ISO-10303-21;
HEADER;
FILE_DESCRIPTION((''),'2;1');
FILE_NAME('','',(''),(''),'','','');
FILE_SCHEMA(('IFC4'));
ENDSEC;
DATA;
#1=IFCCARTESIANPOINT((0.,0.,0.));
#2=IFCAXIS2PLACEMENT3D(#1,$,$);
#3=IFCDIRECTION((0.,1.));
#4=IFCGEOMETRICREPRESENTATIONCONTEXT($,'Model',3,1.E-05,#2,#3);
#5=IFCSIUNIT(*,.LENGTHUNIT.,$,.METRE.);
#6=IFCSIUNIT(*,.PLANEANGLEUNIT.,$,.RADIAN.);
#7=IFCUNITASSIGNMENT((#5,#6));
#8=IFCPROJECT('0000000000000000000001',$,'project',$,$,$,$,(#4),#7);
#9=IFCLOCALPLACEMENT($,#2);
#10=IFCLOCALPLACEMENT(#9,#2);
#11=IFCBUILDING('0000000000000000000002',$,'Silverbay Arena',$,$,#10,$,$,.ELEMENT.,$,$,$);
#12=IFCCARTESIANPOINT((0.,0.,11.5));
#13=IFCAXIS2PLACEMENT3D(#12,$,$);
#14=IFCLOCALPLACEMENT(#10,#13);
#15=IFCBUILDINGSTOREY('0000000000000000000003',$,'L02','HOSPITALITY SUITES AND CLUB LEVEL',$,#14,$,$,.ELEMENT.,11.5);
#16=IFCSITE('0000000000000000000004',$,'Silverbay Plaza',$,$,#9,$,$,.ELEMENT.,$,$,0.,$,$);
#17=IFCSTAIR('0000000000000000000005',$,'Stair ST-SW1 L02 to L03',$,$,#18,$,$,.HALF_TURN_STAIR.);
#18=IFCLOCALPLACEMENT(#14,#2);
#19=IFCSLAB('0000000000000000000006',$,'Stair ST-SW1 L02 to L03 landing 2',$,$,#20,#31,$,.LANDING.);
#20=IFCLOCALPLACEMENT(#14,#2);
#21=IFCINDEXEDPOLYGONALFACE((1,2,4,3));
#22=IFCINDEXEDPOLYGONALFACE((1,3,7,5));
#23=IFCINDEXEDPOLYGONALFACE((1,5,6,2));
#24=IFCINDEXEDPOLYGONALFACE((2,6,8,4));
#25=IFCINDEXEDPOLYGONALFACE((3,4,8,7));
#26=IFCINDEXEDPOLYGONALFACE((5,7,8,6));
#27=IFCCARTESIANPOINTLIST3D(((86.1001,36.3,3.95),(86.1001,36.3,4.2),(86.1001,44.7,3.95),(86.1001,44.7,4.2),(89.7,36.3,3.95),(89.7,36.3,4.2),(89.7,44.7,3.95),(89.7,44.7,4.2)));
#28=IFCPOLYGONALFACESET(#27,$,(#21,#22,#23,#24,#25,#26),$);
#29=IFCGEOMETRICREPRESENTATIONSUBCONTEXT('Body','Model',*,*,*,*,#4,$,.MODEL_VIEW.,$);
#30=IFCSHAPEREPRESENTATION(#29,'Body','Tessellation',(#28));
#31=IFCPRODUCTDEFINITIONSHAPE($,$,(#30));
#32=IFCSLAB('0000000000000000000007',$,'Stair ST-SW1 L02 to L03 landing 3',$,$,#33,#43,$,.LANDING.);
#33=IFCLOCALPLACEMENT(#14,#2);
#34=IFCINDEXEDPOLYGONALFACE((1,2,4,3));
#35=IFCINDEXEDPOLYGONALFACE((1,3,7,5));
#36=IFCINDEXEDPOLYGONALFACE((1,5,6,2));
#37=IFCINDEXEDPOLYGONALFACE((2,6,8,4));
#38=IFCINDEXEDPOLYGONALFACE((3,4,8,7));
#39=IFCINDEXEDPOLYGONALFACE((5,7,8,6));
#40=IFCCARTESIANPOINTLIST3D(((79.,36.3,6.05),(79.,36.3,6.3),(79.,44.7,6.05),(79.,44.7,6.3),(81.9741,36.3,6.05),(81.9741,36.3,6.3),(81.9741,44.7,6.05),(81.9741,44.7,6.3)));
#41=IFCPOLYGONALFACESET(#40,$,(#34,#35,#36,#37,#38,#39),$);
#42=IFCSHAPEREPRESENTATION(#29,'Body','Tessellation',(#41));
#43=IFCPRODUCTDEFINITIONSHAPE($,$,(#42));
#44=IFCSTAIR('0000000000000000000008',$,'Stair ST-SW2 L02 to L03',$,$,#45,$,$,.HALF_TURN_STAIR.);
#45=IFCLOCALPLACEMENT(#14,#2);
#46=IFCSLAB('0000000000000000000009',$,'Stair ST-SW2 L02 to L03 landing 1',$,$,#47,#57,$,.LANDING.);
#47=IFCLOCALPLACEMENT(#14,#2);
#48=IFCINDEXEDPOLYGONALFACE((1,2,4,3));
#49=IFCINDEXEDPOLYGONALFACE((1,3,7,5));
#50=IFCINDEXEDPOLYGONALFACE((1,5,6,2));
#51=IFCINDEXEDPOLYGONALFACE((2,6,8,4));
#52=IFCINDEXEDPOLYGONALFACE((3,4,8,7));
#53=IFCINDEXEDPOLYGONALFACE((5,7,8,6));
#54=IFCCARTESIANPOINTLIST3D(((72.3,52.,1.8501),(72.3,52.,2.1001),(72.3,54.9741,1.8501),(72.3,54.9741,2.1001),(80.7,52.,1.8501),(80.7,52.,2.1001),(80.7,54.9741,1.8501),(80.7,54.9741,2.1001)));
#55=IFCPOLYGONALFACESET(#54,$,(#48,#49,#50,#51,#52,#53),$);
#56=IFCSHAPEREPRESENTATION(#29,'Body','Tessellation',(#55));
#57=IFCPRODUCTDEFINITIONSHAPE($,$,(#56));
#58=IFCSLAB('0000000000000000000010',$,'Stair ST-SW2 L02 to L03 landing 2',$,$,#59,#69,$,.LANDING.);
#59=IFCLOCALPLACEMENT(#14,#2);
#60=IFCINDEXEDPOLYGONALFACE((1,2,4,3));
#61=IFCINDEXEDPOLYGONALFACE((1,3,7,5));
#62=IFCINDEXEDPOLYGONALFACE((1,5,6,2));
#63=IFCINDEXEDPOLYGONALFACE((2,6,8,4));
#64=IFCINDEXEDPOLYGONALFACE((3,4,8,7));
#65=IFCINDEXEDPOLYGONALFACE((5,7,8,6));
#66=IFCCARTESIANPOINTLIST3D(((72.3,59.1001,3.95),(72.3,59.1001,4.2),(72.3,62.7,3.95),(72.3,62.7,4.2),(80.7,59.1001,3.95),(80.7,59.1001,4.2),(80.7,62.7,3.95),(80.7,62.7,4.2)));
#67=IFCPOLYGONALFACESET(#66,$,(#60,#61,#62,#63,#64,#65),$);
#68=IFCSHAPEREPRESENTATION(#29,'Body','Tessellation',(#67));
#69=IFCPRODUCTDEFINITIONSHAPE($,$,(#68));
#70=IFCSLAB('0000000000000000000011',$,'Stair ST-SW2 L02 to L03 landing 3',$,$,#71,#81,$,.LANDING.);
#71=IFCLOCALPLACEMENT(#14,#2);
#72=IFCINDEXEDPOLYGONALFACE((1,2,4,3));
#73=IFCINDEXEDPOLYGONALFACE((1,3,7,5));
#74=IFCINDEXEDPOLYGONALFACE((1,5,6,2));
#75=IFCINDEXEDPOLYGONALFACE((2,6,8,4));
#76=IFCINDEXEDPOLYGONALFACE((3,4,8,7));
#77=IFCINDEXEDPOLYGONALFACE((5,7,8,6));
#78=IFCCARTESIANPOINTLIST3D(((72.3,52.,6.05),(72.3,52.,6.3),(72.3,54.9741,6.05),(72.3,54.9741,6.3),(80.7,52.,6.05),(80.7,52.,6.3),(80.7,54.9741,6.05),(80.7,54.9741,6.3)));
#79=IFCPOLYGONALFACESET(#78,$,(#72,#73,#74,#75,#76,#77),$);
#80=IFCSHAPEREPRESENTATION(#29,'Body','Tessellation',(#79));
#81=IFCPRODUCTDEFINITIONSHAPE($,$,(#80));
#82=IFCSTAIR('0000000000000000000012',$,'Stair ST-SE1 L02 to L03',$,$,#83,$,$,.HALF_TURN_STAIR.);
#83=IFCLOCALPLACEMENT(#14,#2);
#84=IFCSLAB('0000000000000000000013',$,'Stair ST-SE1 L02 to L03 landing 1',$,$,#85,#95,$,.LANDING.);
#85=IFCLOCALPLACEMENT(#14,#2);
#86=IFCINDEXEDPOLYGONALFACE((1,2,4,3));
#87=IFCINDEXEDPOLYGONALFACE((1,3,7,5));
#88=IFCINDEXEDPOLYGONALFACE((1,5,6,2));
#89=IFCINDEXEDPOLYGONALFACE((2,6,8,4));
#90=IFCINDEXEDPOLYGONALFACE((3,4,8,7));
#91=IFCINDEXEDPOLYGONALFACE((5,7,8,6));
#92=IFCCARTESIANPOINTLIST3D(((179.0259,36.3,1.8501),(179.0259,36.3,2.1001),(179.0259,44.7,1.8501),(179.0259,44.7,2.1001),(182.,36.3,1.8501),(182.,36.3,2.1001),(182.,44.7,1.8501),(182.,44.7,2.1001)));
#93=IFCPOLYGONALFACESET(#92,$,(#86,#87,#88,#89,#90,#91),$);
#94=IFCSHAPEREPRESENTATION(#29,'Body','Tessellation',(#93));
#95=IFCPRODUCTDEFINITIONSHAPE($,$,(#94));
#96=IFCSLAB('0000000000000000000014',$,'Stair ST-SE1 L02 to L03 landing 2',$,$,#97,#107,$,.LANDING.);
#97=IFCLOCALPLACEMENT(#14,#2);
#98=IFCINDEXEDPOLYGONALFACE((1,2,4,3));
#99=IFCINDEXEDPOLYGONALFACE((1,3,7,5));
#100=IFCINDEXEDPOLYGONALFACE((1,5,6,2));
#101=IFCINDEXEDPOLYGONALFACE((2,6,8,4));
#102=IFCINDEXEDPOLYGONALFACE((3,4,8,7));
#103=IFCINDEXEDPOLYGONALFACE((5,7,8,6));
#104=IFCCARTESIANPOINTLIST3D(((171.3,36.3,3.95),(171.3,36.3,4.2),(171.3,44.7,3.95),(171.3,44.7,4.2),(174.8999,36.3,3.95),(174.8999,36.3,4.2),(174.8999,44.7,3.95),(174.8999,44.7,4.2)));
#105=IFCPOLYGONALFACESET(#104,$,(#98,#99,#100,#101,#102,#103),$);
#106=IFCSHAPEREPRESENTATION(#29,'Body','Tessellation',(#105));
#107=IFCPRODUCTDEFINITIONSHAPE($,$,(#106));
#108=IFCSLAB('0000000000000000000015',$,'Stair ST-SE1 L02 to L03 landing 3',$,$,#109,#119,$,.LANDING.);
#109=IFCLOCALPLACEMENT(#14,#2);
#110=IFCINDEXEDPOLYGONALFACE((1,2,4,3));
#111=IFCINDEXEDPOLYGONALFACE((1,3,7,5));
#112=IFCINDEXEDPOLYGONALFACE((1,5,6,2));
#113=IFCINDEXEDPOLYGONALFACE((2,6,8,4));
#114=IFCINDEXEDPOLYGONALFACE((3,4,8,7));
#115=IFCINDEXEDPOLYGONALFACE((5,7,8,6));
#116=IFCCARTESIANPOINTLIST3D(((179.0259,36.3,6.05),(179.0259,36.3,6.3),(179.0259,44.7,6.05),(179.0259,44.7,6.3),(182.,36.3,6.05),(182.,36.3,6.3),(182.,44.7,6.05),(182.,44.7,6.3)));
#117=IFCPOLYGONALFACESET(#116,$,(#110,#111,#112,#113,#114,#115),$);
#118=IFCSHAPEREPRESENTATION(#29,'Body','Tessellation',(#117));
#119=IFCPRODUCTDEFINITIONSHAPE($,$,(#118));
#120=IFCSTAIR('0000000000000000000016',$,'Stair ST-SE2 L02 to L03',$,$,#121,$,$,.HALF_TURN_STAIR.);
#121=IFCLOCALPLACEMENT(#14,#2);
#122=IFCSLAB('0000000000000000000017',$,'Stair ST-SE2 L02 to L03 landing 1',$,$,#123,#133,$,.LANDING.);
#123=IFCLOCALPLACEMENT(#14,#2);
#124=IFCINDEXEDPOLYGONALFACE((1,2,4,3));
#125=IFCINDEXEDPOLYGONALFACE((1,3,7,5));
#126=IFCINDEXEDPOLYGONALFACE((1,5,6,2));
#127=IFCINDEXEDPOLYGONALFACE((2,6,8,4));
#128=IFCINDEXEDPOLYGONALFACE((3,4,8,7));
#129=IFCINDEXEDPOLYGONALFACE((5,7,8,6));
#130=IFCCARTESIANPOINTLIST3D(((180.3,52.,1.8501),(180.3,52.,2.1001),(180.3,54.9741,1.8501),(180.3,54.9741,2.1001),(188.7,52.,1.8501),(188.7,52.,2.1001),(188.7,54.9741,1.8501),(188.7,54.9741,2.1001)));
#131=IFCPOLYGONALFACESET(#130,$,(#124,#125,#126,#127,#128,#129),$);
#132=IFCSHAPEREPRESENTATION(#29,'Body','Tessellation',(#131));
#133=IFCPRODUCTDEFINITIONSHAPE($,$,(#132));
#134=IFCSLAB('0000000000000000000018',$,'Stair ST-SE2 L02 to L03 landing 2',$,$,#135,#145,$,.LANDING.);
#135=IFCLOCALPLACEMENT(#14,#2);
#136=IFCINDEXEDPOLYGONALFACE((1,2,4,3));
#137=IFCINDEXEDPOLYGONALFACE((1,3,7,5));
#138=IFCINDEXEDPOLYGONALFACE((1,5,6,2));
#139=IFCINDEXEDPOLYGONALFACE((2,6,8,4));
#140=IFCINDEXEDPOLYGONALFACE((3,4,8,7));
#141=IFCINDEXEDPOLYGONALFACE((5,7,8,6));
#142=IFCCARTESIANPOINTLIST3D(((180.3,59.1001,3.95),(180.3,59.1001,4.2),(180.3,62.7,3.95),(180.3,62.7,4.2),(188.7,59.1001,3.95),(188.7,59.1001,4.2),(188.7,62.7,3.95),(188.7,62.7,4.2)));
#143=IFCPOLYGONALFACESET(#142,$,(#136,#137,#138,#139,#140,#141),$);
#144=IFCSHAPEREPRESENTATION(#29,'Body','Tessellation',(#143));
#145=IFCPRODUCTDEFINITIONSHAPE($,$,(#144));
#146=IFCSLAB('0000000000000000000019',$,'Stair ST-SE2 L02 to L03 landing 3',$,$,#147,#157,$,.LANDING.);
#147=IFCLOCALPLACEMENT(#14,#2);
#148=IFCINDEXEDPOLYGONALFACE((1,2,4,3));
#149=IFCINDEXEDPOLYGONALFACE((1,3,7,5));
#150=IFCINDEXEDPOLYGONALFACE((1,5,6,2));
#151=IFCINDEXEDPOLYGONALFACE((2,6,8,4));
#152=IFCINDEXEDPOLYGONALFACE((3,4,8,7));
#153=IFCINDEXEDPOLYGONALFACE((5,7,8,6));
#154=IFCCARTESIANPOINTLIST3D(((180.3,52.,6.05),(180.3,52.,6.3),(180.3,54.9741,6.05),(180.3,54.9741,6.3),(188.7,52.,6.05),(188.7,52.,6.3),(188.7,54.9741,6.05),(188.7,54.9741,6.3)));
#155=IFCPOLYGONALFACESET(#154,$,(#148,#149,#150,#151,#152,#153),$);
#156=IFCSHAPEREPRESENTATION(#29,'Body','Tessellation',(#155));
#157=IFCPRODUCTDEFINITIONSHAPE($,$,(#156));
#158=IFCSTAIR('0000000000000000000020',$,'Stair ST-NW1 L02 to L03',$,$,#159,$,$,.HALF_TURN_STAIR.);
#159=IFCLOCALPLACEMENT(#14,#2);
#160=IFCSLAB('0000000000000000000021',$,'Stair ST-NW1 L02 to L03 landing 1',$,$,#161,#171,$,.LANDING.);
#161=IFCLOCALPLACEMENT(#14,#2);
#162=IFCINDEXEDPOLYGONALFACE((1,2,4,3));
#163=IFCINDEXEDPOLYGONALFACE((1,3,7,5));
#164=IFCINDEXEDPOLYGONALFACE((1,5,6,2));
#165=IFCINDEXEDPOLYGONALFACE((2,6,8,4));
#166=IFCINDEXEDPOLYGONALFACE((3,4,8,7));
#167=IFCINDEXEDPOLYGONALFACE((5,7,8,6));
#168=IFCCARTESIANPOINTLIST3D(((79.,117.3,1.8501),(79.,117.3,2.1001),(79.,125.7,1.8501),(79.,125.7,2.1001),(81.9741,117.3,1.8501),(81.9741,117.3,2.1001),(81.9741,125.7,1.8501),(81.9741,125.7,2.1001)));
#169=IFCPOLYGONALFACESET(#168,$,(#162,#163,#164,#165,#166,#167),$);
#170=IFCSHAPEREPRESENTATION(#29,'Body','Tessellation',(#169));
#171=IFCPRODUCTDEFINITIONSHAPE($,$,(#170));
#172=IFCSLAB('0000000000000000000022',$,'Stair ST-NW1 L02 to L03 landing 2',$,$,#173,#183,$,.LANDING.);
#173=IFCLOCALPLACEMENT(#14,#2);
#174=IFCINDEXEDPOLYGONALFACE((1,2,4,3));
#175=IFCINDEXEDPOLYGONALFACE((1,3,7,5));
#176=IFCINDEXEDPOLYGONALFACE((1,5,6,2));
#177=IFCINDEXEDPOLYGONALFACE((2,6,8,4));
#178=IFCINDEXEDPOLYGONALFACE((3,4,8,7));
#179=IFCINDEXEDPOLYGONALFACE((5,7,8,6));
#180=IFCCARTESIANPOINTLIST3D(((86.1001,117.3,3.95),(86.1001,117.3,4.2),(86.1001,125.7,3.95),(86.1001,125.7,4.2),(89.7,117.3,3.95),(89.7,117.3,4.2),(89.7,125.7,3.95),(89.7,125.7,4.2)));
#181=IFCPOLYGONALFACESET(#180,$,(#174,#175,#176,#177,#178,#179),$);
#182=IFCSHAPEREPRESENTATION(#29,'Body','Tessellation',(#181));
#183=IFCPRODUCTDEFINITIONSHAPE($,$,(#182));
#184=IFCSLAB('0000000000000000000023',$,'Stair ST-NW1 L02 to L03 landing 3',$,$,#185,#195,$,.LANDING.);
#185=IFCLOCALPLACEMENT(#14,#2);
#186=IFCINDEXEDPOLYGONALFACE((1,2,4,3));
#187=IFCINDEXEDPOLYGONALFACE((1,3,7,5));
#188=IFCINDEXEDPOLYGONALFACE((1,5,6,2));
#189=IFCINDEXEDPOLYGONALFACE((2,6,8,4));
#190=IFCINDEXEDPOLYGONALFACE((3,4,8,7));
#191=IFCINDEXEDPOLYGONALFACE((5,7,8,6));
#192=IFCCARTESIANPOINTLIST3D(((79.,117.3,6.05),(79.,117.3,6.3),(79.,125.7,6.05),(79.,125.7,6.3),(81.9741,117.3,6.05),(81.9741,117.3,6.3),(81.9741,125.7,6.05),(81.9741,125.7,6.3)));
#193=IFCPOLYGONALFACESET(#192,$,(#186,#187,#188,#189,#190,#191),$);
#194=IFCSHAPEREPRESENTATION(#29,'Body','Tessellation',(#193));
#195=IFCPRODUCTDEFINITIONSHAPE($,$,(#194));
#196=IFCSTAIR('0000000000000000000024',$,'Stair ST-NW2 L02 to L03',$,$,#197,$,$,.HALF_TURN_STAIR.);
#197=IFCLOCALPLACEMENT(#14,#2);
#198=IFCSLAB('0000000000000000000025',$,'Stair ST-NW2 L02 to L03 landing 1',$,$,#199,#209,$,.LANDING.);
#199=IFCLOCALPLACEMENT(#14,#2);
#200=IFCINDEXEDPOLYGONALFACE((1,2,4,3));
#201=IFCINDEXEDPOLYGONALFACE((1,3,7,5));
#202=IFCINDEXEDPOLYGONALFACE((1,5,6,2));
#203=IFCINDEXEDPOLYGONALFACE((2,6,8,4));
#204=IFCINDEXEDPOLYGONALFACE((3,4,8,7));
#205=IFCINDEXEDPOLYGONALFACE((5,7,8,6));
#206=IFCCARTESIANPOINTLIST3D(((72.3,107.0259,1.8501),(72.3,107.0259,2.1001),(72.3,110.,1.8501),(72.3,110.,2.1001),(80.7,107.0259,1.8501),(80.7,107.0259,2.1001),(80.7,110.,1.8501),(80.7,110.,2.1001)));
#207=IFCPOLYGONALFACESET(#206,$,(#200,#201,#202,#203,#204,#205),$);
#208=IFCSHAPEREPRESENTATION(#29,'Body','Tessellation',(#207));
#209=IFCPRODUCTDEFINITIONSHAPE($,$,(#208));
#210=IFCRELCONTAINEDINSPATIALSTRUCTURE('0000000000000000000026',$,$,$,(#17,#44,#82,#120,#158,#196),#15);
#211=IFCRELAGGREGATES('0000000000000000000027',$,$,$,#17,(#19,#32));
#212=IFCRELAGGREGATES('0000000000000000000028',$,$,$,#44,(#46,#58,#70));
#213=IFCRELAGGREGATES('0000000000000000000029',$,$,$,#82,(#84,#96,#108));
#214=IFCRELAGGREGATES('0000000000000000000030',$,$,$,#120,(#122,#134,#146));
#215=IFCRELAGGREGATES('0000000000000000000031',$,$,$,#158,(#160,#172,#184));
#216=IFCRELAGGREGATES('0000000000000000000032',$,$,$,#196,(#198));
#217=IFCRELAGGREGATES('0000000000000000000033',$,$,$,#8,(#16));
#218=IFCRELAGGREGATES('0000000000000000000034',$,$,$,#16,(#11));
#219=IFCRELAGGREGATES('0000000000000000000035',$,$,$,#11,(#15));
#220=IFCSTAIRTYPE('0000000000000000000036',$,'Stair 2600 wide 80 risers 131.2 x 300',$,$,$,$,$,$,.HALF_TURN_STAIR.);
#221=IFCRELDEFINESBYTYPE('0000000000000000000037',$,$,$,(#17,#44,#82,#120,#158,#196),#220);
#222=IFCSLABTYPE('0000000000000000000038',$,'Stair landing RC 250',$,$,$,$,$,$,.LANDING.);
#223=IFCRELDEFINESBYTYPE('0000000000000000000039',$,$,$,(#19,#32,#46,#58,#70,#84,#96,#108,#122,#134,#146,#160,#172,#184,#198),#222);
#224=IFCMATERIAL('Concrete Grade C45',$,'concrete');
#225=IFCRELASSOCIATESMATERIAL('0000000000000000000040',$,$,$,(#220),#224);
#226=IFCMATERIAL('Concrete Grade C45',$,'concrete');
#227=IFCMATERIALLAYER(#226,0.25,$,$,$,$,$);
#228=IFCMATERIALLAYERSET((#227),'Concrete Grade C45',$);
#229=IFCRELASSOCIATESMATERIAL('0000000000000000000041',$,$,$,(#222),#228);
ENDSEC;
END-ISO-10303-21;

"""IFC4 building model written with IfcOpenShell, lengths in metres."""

from ifc_helpers import new_model, si_unit, direction, frame, origin, place, context, subcontext, project, spatial, polyline, outline, extrude, material, layer, layer_set, type_object, element, aggregate, save


model = new_model("IFC4")

# Units and contexts
model_context = context("Model", 3, precision=1e-05, world=origin(), true_north=direction((0.0, 1.0)))
body_context = subcontext(model_context, "Body", "Model", "MODEL_VIEW")
ifc_project = project(units=[si_unit("LENGTHUNIT", "METRE"), si_unit("PLANEANGLEUNIT", "RADIAN")], contexts=[model_context])

# Site, building, storey
site_placement = place(None, origin())
site = spatial("IfcSite", under=ifc_project, at=site_placement, Name="Silverbay Plaza", CompositionType="ELEMENT", RefElevation=0.0)
building_placement = place(site_placement, origin())
building = spatial("IfcBuilding", under=site, at=building_placement, Name="Silverbay Arena", CompositionType="ELEMENT")
storey_placement = place(building_placement, frame((0.0, 0.0, 11.5)))
storey = spatial("IfcBuildingStorey", under=building, at=storey_placement, Name="L02", Description="HOSPITALITY SUITES AND CLUB LEVEL", CompositionType="ELEMENT", Elevation=11.5)

# Stairs, slabs
ifc_material_1 = material(Name="Concrete Grade C45", Category="concrete")
stair_type = type_object("IfcStairType", Name="Stair 2600 wide 80 risers 131.2 x 300", PredefinedType="HALF_TURN_STAIR", material=ifc_material_1)
ifc_material_2 = material(Name="Concrete Grade C45", Category="concrete")
ifc_layer = layer(ifc_material_2, 0.25)
ifc_layer_set = layer_set([ifc_layer], Name="Concrete Grade C45")
slab_type = type_object("IfcSlabType", Name="Stair landing RC 250", PredefinedType="LANDING", material=ifc_layer_set)
stair_1_placement = place(storey_placement, origin())
stair_1 = element("IfcStair", 1, at=stair_1_placement, inside=storey, type_object=stair_type, Name="Stair ST-SW1 L02 to L03", PredefinedType="HALF_TURN_STAIR")
slab_1_placement = place(storey_placement, frame((0.0, 0.0, 3.95)))
slab_1 = element("IfcSlab", 2, at=slab_1_placement, type_object=slab_type, Name="Stair ST-SW1 L02 to L03 landing 2", PredefinedType="LANDING", context=body_context, shape_type="SweptSolid", body=[
    extrude(outline(polyline([(89.7, 44.7), (86.1001, 44.7), (86.1001, 36.3), (89.7, 36.3), (89.7, 44.7)])), origin(), (0.0, 0.0, 1.0), 0.25),
])
slab_2_placement = place(storey_placement, frame((0.0, 0.0, 6.05)))
slab_2 = element("IfcSlab", 3, at=slab_2_placement, type_object=slab_type, Name="Stair ST-SW1 L02 to L03 landing 3", PredefinedType="LANDING", context=body_context, shape_type="SweptSolid", body=[
    extrude(outline(polyline([(81.9741, 44.7), (79.0, 44.7), (79.0, 36.3), (81.9741, 36.3), (81.9741, 44.7)])), origin(), (0.0, 0.0, 1.0), 0.25),
])
aggregate(stair_1, [slab_1, slab_2])
stair_2_placement = place(storey_placement, origin())
stair_2 = element("IfcStair", 4, at=stair_2_placement, inside=storey, type_object=stair_type, Name="Stair ST-SW2 L02 to L03", PredefinedType="HALF_TURN_STAIR")
slab_3_placement = place(storey_placement, frame((0.0, 0.0, 1.8501)))
slab_3 = element("IfcSlab", 5, at=slab_3_placement, type_object=slab_type, Name="Stair ST-SW2 L02 to L03 landing 1", PredefinedType="LANDING", context=body_context, shape_type="SweptSolid", body=[
    extrude(outline(polyline([(80.7, 54.9741), (80.7, 52.0), (72.3, 52.0), (72.3, 54.9741), (80.7, 54.9741)])), origin(), (0.0, 0.0, 1.0), 0.25),
])
slab_4_placement = place(storey_placement, frame((0.0, 0.0, 3.95)))
slab_4 = element("IfcSlab", 6, at=slab_4_placement, type_object=slab_type, Name="Stair ST-SW2 L02 to L03 landing 2", PredefinedType="LANDING", context=body_context, shape_type="SweptSolid", body=[
    extrude(outline(polyline([(80.7, 62.7), (80.7, 59.1001), (72.3, 59.1001), (72.3, 62.7), (80.7, 62.7)])), origin(), (0.0, 0.0, 1.0), 0.25),
])
slab_5_placement = place(storey_placement, frame((0.0, 0.0, 6.05)))
slab_5 = element("IfcSlab", 7, at=slab_5_placement, type_object=slab_type, Name="Stair ST-SW2 L02 to L03 landing 3", PredefinedType="LANDING", context=body_context, shape_type="SweptSolid", body=[
    extrude(outline(polyline([(80.7, 54.9741), (80.7, 52.0), (72.3, 52.0), (72.3, 54.9741), (80.7, 54.9741)])), origin(), (0.0, 0.0, 1.0), 0.25),
])
aggregate(stair_2, [slab_3, slab_4, slab_5])
stair_3_placement = place(storey_placement, origin())
stair_3 = element("IfcStair", 8, at=stair_3_placement, inside=storey, type_object=stair_type, Name="Stair ST-SE1 L02 to L03", PredefinedType="HALF_TURN_STAIR")
slab_6_placement = place(storey_placement, frame((0.0, 0.0, 1.8501)))
slab_6 = element("IfcSlab", 9, at=slab_6_placement, type_object=slab_type, Name="Stair ST-SE1 L02 to L03 landing 1", PredefinedType="LANDING", context=body_context, shape_type="SweptSolid", body=[
    extrude(outline(polyline([(179.0259, 44.7), (182.0, 44.7), (182.0, 36.3), (179.0259, 36.3), (179.0259, 44.7)])), origin(), (0.0, 0.0, 1.0), 0.25),
])
slab_7_placement = place(storey_placement, frame((0.0, 0.0, 3.95)))
slab_7 = element("IfcSlab", 10, at=slab_7_placement, type_object=slab_type, Name="Stair ST-SE1 L02 to L03 landing 2", PredefinedType="LANDING", context=body_context, shape_type="SweptSolid", body=[
    extrude(outline(polyline([(171.3, 44.7), (174.8999, 44.7), (174.8999, 36.3), (171.3, 36.3), (171.3, 44.7)])), origin(), (0.0, 0.0, 1.0), 0.25),
])
slab_8_placement = place(storey_placement, frame((0.0, 0.0, 6.05)))
slab_8 = element("IfcSlab", 11, at=slab_8_placement, type_object=slab_type, Name="Stair ST-SE1 L02 to L03 landing 3", PredefinedType="LANDING", context=body_context, shape_type="SweptSolid", body=[
    extrude(outline(polyline([(179.0259, 44.7), (182.0, 44.7), (182.0, 36.3), (179.0259, 36.3), (179.0259, 44.7)])), origin(), (0.0, 0.0, 1.0), 0.25),
])
aggregate(stair_3, [slab_6, slab_7, slab_8])
stair_4_placement = place(storey_placement, origin())
stair_4 = element("IfcStair", 12, at=stair_4_placement, inside=storey, type_object=stair_type, Name="Stair ST-SE2 L02 to L03", PredefinedType="HALF_TURN_STAIR")
slab_9_placement = place(storey_placement, frame((0.0, 0.0, 1.8501)))
slab_9 = element("IfcSlab", 13, at=slab_9_placement, type_object=slab_type, Name="Stair ST-SE2 L02 to L03 landing 1", PredefinedType="LANDING", context=body_context, shape_type="SweptSolid", body=[
    extrude(outline(polyline([(180.3, 54.9741), (180.3, 52.0), (188.7, 52.0), (188.7, 54.9741), (180.3, 54.9741)])), origin(), (0.0, 0.0, 1.0), 0.25),
])
slab_10_placement = place(storey_placement, frame((0.0, 0.0, 3.95)))
slab_10 = element("IfcSlab", 14, at=slab_10_placement, type_object=slab_type, Name="Stair ST-SE2 L02 to L03 landing 2", PredefinedType="LANDING", context=body_context, shape_type="SweptSolid", body=[
    extrude(outline(polyline([(180.3, 62.7), (180.3, 59.1001), (188.7, 59.1001), (188.7, 62.7), (180.3, 62.7)])), origin(), (0.0, 0.0, 1.0), 0.25),
])
slab_11_placement = place(storey_placement, frame((0.0, 0.0, 6.05)))
slab_11 = element("IfcSlab", 15, at=slab_11_placement, type_object=slab_type, Name="Stair ST-SE2 L02 to L03 landing 3", PredefinedType="LANDING", context=body_context, shape_type="SweptSolid", body=[
    extrude(outline(polyline([(180.3, 54.9741), (180.3, 52.0), (188.7, 52.0), (188.7, 54.9741), (180.3, 54.9741)])), origin(), (0.0, 0.0, 1.0), 0.25),
])
aggregate(stair_4, [slab_9, slab_10, slab_11])
stair_5_placement = place(storey_placement, origin())
stair_5 = element("IfcStair", 16, at=stair_5_placement, inside=storey, type_object=stair_type, Name="Stair ST-NW1 L02 to L03", PredefinedType="HALF_TURN_STAIR")
slab_12_placement = place(storey_placement, frame((0.0, 0.0, 1.8501)))
slab_12 = element("IfcSlab", 17, at=slab_12_placement, type_object=slab_type, Name="Stair ST-NW1 L02 to L03 landing 1", PredefinedType="LANDING", context=body_context, shape_type="SweptSolid", body=[
    extrude(outline(polyline([(81.9741, 117.3), (79.0, 117.3), (79.0, 125.7), (81.9741, 125.7), (81.9741, 117.3)])), origin(), (0.0, 0.0, 1.0), 0.25),
])
slab_13_placement = place(storey_placement, frame((0.0, 0.0, 3.95)))
slab_13 = element("IfcSlab", 18, at=slab_13_placement, type_object=slab_type, Name="Stair ST-NW1 L02 to L03 landing 2", PredefinedType="LANDING", context=body_context, shape_type="SweptSolid", body=[
    extrude(outline(polyline([(89.7, 117.3), (86.1001, 117.3), (86.1001, 125.7), (89.7, 125.7), (89.7, 117.3)])), origin(), (0.0, 0.0, 1.0), 0.25),
])
slab_14_placement = place(storey_placement, frame((0.0, 0.0, 6.05)))
slab_14 = element("IfcSlab", 19, at=slab_14_placement, type_object=slab_type, Name="Stair ST-NW1 L02 to L03 landing 3", PredefinedType="LANDING", context=body_context, shape_type="SweptSolid", body=[
    extrude(outline(polyline([(81.9741, 117.3), (79.0, 117.3), (79.0, 125.7), (81.9741, 125.7), (81.9741, 117.3)])), origin(), (0.0, 0.0, 1.0), 0.25),
])
aggregate(stair_5, [slab_12, slab_13, slab_14])
stair_6_placement = place(storey_placement, origin())
stair_6 = element("IfcStair", 20, at=stair_6_placement, inside=storey, type_object=stair_type, Name="Stair ST-NW2 L02 to L03", PredefinedType="HALF_TURN_STAIR")
slab_15_placement = place(storey_placement, frame((0.0, 0.0, 1.8501)))
slab_15 = element("IfcSlab", 21, at=slab_15_placement, type_object=slab_type, Name="Stair ST-NW2 L02 to L03 landing 1", PredefinedType="LANDING", context=body_context, shape_type="SweptSolid", body=[
    extrude(outline(polyline([(80.7, 107.0259), (80.7, 110.0), (72.3, 110.0), (72.3, 107.0259), (80.7, 107.0259)])), origin(), (0.0, 0.0, 1.0), 0.25),
])
aggregate(stair_6, [slab_15])

save(model, "model.ifc")
